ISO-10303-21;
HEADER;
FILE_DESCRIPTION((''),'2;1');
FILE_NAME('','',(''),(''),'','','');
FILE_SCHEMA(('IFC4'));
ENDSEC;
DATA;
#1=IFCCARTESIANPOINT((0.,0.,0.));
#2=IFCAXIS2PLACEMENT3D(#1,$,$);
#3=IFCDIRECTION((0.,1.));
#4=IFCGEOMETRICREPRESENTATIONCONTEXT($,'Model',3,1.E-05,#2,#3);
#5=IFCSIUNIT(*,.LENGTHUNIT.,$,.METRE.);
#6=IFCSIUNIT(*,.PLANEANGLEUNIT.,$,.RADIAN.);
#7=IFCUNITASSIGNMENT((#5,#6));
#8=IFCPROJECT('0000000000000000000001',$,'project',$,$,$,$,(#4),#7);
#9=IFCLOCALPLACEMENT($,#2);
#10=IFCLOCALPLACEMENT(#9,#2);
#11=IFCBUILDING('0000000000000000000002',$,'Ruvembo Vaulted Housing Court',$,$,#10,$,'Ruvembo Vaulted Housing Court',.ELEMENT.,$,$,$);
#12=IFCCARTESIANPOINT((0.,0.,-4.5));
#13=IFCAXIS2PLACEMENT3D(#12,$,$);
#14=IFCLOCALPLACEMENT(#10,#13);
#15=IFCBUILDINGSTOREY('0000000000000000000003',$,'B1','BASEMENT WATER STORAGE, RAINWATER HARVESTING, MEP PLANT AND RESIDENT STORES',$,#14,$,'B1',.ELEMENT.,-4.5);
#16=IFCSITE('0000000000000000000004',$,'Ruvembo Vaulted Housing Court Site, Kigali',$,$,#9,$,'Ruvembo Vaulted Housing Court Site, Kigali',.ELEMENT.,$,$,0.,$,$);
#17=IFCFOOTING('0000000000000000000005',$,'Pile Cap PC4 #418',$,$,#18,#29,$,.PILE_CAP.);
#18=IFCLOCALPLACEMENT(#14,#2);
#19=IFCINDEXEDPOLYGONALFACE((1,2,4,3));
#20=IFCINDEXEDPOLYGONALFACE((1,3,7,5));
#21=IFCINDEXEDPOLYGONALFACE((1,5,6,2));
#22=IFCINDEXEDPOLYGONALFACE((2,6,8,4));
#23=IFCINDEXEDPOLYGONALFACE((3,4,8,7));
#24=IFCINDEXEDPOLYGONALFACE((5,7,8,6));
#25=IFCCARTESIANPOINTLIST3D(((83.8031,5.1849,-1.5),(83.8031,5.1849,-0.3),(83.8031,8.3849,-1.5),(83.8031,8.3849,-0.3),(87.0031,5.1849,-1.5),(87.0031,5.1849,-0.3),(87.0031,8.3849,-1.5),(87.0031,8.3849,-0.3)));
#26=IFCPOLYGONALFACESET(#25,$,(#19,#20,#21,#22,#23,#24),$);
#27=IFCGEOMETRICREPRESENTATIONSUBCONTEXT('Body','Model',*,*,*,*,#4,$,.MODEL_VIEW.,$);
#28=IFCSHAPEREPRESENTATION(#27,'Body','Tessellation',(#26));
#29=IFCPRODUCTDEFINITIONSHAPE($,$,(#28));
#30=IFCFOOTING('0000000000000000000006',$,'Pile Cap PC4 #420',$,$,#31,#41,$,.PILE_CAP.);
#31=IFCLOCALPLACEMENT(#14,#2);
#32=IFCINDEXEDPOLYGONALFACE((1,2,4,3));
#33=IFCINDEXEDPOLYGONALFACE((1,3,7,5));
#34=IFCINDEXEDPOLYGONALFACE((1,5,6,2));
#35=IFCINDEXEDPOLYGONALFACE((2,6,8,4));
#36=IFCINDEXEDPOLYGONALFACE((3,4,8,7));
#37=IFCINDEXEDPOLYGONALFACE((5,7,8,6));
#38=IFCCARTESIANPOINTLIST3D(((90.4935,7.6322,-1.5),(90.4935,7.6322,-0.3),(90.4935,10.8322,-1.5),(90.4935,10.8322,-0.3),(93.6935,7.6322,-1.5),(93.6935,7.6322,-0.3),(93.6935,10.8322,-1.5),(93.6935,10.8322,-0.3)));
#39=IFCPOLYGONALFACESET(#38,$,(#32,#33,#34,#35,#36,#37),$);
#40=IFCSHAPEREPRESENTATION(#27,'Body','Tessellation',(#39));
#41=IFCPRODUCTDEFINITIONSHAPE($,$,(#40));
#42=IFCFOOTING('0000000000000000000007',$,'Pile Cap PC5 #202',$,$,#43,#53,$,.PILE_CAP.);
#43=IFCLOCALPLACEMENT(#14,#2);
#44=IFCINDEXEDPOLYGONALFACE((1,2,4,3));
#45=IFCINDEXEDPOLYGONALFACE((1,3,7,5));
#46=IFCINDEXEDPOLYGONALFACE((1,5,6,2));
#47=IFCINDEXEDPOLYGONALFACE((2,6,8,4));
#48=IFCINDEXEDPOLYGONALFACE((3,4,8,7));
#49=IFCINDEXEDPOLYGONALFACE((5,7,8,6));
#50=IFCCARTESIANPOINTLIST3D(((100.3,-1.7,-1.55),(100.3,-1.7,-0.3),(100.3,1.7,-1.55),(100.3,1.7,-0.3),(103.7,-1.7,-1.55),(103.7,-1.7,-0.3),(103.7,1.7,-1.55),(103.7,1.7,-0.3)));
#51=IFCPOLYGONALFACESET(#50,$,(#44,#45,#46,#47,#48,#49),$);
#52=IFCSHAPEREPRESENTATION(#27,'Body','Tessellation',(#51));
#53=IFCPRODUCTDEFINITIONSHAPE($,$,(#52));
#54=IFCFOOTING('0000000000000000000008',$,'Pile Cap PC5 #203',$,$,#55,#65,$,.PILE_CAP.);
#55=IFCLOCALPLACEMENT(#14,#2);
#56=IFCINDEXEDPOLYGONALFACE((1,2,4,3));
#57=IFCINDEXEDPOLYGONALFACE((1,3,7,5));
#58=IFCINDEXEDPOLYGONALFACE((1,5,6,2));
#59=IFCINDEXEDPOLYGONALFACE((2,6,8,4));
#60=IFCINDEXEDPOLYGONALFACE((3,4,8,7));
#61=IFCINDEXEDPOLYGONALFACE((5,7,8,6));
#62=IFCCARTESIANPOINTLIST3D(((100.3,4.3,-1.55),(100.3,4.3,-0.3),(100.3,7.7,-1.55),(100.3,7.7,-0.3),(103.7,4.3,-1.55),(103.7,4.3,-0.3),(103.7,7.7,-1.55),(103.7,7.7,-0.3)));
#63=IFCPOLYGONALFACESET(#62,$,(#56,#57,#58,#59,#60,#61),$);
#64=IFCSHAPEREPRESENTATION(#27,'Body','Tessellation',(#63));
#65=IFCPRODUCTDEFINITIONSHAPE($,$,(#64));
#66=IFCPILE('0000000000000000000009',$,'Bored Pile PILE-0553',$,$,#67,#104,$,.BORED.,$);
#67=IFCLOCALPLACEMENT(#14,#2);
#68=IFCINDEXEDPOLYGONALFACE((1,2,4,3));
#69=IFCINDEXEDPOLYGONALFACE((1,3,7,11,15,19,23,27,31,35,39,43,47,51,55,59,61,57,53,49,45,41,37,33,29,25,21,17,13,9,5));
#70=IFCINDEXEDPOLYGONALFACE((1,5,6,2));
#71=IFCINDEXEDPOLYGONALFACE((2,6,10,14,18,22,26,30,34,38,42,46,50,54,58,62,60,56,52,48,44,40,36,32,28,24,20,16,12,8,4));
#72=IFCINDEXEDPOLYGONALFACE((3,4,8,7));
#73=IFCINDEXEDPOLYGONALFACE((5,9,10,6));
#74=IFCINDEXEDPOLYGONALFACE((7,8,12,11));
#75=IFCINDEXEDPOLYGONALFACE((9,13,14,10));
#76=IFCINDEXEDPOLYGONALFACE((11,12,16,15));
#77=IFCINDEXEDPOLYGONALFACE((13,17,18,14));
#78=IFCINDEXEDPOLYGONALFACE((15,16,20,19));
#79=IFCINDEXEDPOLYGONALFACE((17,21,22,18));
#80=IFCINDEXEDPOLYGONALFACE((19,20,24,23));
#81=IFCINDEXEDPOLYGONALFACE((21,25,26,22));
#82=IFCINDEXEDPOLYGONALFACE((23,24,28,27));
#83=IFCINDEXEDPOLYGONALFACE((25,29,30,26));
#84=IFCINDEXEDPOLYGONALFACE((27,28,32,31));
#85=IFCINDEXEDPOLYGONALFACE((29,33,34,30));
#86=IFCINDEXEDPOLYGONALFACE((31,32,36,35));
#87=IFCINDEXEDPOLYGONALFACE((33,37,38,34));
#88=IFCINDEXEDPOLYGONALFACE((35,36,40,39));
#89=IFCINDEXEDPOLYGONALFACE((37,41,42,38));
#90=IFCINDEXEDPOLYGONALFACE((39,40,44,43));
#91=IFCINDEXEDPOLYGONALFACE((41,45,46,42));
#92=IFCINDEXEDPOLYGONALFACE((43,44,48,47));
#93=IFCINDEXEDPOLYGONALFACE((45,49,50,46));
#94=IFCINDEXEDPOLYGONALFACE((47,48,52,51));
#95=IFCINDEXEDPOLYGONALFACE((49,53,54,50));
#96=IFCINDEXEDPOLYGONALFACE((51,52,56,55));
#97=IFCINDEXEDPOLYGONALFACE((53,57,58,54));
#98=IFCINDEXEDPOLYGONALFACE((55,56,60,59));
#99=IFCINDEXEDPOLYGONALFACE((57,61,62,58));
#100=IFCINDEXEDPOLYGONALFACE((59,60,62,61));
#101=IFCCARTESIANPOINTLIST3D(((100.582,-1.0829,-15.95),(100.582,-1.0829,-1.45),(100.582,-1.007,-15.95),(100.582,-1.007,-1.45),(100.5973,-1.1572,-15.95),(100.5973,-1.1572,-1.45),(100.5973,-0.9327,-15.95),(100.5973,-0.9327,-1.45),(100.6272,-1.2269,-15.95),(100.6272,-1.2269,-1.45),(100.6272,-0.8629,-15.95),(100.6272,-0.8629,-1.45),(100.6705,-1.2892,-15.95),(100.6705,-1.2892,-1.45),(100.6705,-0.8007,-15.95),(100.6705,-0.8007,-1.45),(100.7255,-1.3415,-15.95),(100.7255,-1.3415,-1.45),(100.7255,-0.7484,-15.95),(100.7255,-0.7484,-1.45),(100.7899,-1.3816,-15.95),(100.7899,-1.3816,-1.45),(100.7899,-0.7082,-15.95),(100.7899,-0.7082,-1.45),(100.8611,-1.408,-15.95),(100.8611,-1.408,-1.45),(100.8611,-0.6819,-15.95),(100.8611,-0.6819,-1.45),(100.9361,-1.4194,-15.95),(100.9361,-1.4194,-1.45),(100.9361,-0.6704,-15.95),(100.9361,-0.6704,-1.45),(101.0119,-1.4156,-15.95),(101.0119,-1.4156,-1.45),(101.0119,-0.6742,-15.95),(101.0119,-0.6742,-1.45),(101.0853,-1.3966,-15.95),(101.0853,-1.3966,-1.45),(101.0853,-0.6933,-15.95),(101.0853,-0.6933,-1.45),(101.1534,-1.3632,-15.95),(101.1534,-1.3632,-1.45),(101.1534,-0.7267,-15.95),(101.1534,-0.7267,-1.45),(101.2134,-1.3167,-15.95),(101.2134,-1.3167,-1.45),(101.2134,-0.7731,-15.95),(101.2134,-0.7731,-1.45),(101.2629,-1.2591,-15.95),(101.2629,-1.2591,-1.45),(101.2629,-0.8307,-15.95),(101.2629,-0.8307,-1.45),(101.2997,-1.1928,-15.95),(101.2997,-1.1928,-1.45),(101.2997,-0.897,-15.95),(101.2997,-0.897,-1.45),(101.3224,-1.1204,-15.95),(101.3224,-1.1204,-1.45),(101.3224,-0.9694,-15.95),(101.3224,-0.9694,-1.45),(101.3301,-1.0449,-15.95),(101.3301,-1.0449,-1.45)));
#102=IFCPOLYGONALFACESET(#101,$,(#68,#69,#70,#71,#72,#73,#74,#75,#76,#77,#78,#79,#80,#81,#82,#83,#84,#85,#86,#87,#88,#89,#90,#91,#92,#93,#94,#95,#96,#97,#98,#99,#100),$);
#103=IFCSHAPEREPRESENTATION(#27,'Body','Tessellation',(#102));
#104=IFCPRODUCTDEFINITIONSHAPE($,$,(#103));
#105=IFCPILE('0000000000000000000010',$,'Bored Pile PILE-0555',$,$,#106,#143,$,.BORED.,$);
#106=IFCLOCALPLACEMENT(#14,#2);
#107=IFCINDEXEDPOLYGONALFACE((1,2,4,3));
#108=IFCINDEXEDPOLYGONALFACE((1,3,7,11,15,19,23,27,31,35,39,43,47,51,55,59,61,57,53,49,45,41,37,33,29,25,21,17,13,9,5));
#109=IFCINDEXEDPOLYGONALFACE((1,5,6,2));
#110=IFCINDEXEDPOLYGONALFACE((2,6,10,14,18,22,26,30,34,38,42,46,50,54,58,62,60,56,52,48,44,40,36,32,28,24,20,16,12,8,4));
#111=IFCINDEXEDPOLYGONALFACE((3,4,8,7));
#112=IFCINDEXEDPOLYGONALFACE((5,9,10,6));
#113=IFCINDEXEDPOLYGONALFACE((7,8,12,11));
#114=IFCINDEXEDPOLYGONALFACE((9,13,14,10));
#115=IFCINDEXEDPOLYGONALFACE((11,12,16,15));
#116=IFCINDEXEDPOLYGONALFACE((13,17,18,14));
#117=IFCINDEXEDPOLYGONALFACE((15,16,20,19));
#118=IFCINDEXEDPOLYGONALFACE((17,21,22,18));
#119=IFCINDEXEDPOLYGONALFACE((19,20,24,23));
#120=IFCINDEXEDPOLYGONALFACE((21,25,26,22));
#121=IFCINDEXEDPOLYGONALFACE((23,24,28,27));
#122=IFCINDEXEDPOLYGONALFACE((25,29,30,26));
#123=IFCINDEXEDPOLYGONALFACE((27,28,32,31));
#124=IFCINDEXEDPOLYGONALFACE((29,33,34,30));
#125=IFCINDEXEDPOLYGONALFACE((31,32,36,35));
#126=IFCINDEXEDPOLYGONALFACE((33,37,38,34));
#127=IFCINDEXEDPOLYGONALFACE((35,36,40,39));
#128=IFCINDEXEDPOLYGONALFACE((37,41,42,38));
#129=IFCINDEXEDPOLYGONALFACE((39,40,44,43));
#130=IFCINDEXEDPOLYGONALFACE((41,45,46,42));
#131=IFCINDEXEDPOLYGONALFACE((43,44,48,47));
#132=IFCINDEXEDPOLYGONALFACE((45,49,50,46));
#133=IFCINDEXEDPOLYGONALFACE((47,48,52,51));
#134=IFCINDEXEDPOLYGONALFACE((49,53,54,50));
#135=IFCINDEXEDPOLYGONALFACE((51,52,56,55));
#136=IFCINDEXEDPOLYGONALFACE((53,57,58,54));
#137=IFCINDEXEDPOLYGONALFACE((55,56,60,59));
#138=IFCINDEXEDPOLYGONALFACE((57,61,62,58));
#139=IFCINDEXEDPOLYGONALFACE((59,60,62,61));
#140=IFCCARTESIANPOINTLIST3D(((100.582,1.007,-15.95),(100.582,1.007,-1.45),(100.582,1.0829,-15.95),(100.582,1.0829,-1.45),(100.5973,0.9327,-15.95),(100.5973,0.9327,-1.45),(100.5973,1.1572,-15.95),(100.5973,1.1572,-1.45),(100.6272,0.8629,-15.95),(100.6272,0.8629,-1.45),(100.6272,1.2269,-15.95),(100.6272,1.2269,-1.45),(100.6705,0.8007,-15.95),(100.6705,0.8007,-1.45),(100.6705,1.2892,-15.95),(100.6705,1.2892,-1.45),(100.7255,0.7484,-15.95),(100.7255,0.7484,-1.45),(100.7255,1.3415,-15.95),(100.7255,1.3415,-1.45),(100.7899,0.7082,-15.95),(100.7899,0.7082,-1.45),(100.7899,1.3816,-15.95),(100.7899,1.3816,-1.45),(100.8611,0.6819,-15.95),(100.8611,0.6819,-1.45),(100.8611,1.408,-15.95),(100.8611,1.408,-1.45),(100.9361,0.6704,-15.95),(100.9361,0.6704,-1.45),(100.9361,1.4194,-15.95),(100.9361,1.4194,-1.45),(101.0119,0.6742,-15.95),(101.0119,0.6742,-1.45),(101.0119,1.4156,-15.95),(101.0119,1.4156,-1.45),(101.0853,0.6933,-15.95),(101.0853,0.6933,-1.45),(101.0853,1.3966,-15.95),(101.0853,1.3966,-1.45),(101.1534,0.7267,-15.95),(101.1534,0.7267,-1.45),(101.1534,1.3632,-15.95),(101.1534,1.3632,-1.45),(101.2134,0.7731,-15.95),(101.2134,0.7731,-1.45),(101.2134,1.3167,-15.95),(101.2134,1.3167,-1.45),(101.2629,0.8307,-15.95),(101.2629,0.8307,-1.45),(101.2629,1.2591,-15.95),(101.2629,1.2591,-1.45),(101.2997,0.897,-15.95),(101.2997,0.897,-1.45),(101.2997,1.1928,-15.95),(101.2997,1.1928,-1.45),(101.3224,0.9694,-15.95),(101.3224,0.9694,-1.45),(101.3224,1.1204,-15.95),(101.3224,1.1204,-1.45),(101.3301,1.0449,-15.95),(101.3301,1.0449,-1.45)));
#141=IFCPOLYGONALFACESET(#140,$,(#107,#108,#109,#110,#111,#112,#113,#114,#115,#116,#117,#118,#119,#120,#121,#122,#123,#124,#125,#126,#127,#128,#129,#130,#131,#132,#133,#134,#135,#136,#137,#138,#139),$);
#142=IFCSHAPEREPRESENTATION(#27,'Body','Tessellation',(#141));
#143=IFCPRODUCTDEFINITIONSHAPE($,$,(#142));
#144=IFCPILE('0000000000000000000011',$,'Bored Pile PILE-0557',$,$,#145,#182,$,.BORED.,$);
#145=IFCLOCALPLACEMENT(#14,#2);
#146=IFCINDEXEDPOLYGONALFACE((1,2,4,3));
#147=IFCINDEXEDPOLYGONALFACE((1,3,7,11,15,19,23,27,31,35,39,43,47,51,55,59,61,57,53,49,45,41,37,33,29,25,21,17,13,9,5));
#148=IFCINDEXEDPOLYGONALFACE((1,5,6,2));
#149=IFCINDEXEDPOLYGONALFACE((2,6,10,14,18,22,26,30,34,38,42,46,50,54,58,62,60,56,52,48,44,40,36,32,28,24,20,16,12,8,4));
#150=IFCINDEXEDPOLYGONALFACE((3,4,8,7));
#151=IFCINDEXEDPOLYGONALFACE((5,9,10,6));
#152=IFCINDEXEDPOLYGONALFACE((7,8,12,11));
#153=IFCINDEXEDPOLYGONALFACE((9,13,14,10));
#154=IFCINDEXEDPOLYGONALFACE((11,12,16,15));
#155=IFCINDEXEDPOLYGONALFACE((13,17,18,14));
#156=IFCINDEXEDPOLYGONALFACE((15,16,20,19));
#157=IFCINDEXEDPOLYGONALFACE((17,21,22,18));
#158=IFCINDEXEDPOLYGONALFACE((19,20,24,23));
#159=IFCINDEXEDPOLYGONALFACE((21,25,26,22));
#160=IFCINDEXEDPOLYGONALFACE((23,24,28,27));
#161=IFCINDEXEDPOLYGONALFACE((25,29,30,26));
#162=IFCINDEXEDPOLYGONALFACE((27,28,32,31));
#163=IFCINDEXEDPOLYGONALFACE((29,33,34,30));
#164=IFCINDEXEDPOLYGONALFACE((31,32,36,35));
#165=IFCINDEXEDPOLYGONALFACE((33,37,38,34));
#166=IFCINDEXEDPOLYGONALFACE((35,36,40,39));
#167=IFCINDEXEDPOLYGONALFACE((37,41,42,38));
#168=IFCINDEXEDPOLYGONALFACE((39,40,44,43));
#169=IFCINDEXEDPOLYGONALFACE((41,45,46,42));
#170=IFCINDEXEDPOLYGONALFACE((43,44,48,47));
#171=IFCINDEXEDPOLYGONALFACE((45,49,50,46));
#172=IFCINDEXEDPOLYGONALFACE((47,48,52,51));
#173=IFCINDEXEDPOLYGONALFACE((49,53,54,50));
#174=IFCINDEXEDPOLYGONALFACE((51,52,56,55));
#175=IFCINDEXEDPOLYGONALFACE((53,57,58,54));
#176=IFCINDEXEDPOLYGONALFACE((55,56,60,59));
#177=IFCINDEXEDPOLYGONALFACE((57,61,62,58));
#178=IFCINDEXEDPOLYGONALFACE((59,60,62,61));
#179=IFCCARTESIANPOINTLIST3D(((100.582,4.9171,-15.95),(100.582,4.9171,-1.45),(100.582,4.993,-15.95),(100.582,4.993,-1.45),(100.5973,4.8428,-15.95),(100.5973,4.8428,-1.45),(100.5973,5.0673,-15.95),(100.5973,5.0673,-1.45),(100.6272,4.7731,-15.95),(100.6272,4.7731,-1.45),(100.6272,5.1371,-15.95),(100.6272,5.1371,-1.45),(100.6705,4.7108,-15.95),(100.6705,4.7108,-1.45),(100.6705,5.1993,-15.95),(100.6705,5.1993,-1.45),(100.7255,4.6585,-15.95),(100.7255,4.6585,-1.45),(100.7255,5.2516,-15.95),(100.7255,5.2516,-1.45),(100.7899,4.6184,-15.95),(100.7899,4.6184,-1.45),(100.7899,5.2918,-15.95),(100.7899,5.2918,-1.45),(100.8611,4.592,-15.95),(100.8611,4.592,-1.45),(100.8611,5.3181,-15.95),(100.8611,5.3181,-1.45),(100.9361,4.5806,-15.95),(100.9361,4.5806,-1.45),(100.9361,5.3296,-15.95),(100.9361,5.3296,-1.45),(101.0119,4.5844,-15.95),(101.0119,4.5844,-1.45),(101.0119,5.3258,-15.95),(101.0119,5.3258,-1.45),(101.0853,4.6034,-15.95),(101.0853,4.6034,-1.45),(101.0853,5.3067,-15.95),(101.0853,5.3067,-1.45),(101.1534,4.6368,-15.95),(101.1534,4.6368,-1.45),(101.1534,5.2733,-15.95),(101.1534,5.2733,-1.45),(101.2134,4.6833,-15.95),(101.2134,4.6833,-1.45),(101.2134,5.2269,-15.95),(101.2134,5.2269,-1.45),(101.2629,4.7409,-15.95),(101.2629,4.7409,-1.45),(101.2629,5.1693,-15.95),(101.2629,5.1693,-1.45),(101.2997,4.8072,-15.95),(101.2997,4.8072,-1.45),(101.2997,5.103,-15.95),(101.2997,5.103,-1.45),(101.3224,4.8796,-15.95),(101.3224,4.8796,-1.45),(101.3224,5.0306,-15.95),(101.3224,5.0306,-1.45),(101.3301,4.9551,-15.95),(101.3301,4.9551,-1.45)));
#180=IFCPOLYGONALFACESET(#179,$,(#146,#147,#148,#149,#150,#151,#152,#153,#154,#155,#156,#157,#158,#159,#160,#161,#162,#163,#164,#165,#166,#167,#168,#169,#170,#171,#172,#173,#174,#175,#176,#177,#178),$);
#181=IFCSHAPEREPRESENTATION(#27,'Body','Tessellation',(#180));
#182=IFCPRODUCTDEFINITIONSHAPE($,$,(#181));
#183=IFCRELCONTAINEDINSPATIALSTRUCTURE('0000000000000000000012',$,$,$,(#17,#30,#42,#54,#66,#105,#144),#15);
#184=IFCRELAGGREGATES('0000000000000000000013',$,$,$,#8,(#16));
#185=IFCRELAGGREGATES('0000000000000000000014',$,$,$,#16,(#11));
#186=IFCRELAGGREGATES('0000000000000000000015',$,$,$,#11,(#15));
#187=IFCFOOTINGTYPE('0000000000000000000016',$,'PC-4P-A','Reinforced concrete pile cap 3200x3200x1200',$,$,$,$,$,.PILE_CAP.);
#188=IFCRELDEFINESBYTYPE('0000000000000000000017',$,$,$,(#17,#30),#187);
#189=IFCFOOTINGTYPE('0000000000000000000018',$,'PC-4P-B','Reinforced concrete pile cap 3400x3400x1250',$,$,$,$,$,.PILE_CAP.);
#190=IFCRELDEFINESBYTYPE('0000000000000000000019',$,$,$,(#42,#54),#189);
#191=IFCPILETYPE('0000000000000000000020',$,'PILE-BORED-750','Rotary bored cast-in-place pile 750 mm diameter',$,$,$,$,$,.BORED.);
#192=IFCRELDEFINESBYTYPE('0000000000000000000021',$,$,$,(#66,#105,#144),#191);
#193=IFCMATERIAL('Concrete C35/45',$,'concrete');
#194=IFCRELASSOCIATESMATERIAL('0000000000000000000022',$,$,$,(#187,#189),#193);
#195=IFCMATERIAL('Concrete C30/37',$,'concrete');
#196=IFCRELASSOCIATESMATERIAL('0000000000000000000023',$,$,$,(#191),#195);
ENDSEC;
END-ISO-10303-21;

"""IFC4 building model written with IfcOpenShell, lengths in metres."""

from ifc_helpers import new_model, si_unit, direction, frame, origin, origin_2d, place, context, subcontext, project, spatial, rectangle, circle, extrude, material, material_profile, profile_set, type_object, element, save


model = new_model("IFC4")

# Units and contexts
model_context = context("Model", 3, precision=1e-05, world=origin(), true_north=direction((0.0, 1.0)))
body_context = subcontext(model_context, "Body", "Model", "MODEL_VIEW")
ifc_project = project(units=[si_unit("LENGTHUNIT", "METRE"), si_unit("PLANEANGLEUNIT", "RADIAN")], contexts=[model_context])

# Site, building, storey
site_placement = place(None, origin())
site = spatial("IfcSite", under=ifc_project, at=site_placement, Name="Ruvembo Vaulted Housing Court Site, Kigali", LongName="Ruvembo Vaulted Housing Court Site, Kigali", CompositionType="ELEMENT", RefElevation=0.0)
building_placement = place(site_placement, origin())
building = spatial("IfcBuilding", under=site, at=building_placement, Name="Ruvembo Vaulted Housing Court", LongName="Ruvembo Vaulted Housing Court", CompositionType="ELEMENT")
storey_placement = place(building_placement, frame((0.0, 0.0, -4.5)))
storey = spatial("IfcBuildingStorey", under=building, at=storey_placement, Name="B1", Description="BASEMENT WATER STORAGE, RAINWATER HARVESTING, MEP PLANT AND RESIDENT STORES", LongName="B1", CompositionType="ELEMENT", Elevation=-4.5)

# Footings
ifc_material_1 = material(Name="Concrete C35/45", Category="concrete")
footing_type_1 = type_object("IfcFootingType", Name="PC-4P-A", Description="Reinforced concrete pile cap 3200x3200x1200", PredefinedType="PILE_CAP", material=ifc_material_1)
for number, where, z_axis, x_axis, name in (
    (1, (85.4031, 6.7849, -1.5), (0.0, 0.0, 1.0), (1.0, 0.0, 0.0), "Pile Cap PC4 #418"),
    (2, (92.0935, 9.2322, -1.5), (0.0, 0.0, 1.0), (1.0, 0.0, 0.0), "Pile Cap PC4 #420"),
):
    element("IfcFooting", number, at=place(storey_placement, frame(where, z_axis=z_axis, x_axis=x_axis)), inside=storey, type_object=footing_type_1, Name=name, PredefinedType="PILE_CAP", context=body_context, shape_type="SweptSolid", body=[
        extrude(rectangle(XDim=3.2, YDim=3.2, at=origin_2d()), origin(), (0.0, 0.0, 1.0), 1.2),
    ])
footing_type_2 = type_object("IfcFootingType", Name="PC-4P-B", Description="Reinforced concrete pile cap 3400x3400x1250", PredefinedType="PILE_CAP", material=ifc_material_1)
for number, where, z_axis, x_axis, name in (
    (3, (102.0, 0.0, -1.55), (0.0, 0.0, 1.0), (1.0, 0.0, 0.0), "Pile Cap PC5 #202"),
    (4, (102.0, 6.0, -1.55), (0.0, 0.0, 1.0), (1.0, 0.0, 0.0), "Pile Cap PC5 #203"),
):
    element("IfcFooting", number, at=place(storey_placement, frame(where, z_axis=z_axis, x_axis=x_axis)), inside=storey, type_object=footing_type_2, Name=name, PredefinedType="PILE_CAP", context=body_context, shape_type="SweptSolid", body=[
        extrude(rectangle(XDim=3.3999, YDim=3.3999, at=origin_2d()), origin(), (0.0, 0.0, 1.0), 1.25),
    ])

# Piles
ifc_material_2 = material(Name="Concrete C30/37", Category="concrete")
ifc_material_profile_1 = material_profile(ifc_material_2, circle(Radius=0.375, at=origin_2d()), Name="PILE D750")
ifc_profile_set_1 = profile_set([ifc_material_profile_1], Name="Concrete C30/37")
pile_type = type_object("IfcPileType", Name="PILE-BORED-750", Description="Rotary bored cast-in-place pile 750 mm diameter", PredefinedType="BORED", material=ifc_profile_set_1)
for number, where, z_axis, x_axis, name in (
    (5, (100.9551, -1.0449, -1.45), (0.0, 0.0, -1.0), (1.0, 0.0, 0.0), "Bored Pile PILE-0553"),
    (6, (100.9551, 1.0449, -1.45), (0.0, 0.0, -1.0), (1.0, 0.0, 0.0), "Bored Pile PILE-0555"),
    (7, (100.9551, 4.9551, -1.45), (0.0, 0.0, -1.0), (1.0, 0.0, 0.0), "Bored Pile PILE-0557"),
):
    element("IfcPile", number, at=place(storey_placement, frame(where, z_axis=z_axis, x_axis=x_axis)), inside=storey, type_object=pile_type, Name=name, PredefinedType="BORED", context=body_context, shape_type="SweptSolid", body=[
        extrude(circle(Radius=0.375, at=origin_2d()), origin(), (0.0, 0.0, 1.0), 14.5),
    ])

save(model, "model.ifc")
